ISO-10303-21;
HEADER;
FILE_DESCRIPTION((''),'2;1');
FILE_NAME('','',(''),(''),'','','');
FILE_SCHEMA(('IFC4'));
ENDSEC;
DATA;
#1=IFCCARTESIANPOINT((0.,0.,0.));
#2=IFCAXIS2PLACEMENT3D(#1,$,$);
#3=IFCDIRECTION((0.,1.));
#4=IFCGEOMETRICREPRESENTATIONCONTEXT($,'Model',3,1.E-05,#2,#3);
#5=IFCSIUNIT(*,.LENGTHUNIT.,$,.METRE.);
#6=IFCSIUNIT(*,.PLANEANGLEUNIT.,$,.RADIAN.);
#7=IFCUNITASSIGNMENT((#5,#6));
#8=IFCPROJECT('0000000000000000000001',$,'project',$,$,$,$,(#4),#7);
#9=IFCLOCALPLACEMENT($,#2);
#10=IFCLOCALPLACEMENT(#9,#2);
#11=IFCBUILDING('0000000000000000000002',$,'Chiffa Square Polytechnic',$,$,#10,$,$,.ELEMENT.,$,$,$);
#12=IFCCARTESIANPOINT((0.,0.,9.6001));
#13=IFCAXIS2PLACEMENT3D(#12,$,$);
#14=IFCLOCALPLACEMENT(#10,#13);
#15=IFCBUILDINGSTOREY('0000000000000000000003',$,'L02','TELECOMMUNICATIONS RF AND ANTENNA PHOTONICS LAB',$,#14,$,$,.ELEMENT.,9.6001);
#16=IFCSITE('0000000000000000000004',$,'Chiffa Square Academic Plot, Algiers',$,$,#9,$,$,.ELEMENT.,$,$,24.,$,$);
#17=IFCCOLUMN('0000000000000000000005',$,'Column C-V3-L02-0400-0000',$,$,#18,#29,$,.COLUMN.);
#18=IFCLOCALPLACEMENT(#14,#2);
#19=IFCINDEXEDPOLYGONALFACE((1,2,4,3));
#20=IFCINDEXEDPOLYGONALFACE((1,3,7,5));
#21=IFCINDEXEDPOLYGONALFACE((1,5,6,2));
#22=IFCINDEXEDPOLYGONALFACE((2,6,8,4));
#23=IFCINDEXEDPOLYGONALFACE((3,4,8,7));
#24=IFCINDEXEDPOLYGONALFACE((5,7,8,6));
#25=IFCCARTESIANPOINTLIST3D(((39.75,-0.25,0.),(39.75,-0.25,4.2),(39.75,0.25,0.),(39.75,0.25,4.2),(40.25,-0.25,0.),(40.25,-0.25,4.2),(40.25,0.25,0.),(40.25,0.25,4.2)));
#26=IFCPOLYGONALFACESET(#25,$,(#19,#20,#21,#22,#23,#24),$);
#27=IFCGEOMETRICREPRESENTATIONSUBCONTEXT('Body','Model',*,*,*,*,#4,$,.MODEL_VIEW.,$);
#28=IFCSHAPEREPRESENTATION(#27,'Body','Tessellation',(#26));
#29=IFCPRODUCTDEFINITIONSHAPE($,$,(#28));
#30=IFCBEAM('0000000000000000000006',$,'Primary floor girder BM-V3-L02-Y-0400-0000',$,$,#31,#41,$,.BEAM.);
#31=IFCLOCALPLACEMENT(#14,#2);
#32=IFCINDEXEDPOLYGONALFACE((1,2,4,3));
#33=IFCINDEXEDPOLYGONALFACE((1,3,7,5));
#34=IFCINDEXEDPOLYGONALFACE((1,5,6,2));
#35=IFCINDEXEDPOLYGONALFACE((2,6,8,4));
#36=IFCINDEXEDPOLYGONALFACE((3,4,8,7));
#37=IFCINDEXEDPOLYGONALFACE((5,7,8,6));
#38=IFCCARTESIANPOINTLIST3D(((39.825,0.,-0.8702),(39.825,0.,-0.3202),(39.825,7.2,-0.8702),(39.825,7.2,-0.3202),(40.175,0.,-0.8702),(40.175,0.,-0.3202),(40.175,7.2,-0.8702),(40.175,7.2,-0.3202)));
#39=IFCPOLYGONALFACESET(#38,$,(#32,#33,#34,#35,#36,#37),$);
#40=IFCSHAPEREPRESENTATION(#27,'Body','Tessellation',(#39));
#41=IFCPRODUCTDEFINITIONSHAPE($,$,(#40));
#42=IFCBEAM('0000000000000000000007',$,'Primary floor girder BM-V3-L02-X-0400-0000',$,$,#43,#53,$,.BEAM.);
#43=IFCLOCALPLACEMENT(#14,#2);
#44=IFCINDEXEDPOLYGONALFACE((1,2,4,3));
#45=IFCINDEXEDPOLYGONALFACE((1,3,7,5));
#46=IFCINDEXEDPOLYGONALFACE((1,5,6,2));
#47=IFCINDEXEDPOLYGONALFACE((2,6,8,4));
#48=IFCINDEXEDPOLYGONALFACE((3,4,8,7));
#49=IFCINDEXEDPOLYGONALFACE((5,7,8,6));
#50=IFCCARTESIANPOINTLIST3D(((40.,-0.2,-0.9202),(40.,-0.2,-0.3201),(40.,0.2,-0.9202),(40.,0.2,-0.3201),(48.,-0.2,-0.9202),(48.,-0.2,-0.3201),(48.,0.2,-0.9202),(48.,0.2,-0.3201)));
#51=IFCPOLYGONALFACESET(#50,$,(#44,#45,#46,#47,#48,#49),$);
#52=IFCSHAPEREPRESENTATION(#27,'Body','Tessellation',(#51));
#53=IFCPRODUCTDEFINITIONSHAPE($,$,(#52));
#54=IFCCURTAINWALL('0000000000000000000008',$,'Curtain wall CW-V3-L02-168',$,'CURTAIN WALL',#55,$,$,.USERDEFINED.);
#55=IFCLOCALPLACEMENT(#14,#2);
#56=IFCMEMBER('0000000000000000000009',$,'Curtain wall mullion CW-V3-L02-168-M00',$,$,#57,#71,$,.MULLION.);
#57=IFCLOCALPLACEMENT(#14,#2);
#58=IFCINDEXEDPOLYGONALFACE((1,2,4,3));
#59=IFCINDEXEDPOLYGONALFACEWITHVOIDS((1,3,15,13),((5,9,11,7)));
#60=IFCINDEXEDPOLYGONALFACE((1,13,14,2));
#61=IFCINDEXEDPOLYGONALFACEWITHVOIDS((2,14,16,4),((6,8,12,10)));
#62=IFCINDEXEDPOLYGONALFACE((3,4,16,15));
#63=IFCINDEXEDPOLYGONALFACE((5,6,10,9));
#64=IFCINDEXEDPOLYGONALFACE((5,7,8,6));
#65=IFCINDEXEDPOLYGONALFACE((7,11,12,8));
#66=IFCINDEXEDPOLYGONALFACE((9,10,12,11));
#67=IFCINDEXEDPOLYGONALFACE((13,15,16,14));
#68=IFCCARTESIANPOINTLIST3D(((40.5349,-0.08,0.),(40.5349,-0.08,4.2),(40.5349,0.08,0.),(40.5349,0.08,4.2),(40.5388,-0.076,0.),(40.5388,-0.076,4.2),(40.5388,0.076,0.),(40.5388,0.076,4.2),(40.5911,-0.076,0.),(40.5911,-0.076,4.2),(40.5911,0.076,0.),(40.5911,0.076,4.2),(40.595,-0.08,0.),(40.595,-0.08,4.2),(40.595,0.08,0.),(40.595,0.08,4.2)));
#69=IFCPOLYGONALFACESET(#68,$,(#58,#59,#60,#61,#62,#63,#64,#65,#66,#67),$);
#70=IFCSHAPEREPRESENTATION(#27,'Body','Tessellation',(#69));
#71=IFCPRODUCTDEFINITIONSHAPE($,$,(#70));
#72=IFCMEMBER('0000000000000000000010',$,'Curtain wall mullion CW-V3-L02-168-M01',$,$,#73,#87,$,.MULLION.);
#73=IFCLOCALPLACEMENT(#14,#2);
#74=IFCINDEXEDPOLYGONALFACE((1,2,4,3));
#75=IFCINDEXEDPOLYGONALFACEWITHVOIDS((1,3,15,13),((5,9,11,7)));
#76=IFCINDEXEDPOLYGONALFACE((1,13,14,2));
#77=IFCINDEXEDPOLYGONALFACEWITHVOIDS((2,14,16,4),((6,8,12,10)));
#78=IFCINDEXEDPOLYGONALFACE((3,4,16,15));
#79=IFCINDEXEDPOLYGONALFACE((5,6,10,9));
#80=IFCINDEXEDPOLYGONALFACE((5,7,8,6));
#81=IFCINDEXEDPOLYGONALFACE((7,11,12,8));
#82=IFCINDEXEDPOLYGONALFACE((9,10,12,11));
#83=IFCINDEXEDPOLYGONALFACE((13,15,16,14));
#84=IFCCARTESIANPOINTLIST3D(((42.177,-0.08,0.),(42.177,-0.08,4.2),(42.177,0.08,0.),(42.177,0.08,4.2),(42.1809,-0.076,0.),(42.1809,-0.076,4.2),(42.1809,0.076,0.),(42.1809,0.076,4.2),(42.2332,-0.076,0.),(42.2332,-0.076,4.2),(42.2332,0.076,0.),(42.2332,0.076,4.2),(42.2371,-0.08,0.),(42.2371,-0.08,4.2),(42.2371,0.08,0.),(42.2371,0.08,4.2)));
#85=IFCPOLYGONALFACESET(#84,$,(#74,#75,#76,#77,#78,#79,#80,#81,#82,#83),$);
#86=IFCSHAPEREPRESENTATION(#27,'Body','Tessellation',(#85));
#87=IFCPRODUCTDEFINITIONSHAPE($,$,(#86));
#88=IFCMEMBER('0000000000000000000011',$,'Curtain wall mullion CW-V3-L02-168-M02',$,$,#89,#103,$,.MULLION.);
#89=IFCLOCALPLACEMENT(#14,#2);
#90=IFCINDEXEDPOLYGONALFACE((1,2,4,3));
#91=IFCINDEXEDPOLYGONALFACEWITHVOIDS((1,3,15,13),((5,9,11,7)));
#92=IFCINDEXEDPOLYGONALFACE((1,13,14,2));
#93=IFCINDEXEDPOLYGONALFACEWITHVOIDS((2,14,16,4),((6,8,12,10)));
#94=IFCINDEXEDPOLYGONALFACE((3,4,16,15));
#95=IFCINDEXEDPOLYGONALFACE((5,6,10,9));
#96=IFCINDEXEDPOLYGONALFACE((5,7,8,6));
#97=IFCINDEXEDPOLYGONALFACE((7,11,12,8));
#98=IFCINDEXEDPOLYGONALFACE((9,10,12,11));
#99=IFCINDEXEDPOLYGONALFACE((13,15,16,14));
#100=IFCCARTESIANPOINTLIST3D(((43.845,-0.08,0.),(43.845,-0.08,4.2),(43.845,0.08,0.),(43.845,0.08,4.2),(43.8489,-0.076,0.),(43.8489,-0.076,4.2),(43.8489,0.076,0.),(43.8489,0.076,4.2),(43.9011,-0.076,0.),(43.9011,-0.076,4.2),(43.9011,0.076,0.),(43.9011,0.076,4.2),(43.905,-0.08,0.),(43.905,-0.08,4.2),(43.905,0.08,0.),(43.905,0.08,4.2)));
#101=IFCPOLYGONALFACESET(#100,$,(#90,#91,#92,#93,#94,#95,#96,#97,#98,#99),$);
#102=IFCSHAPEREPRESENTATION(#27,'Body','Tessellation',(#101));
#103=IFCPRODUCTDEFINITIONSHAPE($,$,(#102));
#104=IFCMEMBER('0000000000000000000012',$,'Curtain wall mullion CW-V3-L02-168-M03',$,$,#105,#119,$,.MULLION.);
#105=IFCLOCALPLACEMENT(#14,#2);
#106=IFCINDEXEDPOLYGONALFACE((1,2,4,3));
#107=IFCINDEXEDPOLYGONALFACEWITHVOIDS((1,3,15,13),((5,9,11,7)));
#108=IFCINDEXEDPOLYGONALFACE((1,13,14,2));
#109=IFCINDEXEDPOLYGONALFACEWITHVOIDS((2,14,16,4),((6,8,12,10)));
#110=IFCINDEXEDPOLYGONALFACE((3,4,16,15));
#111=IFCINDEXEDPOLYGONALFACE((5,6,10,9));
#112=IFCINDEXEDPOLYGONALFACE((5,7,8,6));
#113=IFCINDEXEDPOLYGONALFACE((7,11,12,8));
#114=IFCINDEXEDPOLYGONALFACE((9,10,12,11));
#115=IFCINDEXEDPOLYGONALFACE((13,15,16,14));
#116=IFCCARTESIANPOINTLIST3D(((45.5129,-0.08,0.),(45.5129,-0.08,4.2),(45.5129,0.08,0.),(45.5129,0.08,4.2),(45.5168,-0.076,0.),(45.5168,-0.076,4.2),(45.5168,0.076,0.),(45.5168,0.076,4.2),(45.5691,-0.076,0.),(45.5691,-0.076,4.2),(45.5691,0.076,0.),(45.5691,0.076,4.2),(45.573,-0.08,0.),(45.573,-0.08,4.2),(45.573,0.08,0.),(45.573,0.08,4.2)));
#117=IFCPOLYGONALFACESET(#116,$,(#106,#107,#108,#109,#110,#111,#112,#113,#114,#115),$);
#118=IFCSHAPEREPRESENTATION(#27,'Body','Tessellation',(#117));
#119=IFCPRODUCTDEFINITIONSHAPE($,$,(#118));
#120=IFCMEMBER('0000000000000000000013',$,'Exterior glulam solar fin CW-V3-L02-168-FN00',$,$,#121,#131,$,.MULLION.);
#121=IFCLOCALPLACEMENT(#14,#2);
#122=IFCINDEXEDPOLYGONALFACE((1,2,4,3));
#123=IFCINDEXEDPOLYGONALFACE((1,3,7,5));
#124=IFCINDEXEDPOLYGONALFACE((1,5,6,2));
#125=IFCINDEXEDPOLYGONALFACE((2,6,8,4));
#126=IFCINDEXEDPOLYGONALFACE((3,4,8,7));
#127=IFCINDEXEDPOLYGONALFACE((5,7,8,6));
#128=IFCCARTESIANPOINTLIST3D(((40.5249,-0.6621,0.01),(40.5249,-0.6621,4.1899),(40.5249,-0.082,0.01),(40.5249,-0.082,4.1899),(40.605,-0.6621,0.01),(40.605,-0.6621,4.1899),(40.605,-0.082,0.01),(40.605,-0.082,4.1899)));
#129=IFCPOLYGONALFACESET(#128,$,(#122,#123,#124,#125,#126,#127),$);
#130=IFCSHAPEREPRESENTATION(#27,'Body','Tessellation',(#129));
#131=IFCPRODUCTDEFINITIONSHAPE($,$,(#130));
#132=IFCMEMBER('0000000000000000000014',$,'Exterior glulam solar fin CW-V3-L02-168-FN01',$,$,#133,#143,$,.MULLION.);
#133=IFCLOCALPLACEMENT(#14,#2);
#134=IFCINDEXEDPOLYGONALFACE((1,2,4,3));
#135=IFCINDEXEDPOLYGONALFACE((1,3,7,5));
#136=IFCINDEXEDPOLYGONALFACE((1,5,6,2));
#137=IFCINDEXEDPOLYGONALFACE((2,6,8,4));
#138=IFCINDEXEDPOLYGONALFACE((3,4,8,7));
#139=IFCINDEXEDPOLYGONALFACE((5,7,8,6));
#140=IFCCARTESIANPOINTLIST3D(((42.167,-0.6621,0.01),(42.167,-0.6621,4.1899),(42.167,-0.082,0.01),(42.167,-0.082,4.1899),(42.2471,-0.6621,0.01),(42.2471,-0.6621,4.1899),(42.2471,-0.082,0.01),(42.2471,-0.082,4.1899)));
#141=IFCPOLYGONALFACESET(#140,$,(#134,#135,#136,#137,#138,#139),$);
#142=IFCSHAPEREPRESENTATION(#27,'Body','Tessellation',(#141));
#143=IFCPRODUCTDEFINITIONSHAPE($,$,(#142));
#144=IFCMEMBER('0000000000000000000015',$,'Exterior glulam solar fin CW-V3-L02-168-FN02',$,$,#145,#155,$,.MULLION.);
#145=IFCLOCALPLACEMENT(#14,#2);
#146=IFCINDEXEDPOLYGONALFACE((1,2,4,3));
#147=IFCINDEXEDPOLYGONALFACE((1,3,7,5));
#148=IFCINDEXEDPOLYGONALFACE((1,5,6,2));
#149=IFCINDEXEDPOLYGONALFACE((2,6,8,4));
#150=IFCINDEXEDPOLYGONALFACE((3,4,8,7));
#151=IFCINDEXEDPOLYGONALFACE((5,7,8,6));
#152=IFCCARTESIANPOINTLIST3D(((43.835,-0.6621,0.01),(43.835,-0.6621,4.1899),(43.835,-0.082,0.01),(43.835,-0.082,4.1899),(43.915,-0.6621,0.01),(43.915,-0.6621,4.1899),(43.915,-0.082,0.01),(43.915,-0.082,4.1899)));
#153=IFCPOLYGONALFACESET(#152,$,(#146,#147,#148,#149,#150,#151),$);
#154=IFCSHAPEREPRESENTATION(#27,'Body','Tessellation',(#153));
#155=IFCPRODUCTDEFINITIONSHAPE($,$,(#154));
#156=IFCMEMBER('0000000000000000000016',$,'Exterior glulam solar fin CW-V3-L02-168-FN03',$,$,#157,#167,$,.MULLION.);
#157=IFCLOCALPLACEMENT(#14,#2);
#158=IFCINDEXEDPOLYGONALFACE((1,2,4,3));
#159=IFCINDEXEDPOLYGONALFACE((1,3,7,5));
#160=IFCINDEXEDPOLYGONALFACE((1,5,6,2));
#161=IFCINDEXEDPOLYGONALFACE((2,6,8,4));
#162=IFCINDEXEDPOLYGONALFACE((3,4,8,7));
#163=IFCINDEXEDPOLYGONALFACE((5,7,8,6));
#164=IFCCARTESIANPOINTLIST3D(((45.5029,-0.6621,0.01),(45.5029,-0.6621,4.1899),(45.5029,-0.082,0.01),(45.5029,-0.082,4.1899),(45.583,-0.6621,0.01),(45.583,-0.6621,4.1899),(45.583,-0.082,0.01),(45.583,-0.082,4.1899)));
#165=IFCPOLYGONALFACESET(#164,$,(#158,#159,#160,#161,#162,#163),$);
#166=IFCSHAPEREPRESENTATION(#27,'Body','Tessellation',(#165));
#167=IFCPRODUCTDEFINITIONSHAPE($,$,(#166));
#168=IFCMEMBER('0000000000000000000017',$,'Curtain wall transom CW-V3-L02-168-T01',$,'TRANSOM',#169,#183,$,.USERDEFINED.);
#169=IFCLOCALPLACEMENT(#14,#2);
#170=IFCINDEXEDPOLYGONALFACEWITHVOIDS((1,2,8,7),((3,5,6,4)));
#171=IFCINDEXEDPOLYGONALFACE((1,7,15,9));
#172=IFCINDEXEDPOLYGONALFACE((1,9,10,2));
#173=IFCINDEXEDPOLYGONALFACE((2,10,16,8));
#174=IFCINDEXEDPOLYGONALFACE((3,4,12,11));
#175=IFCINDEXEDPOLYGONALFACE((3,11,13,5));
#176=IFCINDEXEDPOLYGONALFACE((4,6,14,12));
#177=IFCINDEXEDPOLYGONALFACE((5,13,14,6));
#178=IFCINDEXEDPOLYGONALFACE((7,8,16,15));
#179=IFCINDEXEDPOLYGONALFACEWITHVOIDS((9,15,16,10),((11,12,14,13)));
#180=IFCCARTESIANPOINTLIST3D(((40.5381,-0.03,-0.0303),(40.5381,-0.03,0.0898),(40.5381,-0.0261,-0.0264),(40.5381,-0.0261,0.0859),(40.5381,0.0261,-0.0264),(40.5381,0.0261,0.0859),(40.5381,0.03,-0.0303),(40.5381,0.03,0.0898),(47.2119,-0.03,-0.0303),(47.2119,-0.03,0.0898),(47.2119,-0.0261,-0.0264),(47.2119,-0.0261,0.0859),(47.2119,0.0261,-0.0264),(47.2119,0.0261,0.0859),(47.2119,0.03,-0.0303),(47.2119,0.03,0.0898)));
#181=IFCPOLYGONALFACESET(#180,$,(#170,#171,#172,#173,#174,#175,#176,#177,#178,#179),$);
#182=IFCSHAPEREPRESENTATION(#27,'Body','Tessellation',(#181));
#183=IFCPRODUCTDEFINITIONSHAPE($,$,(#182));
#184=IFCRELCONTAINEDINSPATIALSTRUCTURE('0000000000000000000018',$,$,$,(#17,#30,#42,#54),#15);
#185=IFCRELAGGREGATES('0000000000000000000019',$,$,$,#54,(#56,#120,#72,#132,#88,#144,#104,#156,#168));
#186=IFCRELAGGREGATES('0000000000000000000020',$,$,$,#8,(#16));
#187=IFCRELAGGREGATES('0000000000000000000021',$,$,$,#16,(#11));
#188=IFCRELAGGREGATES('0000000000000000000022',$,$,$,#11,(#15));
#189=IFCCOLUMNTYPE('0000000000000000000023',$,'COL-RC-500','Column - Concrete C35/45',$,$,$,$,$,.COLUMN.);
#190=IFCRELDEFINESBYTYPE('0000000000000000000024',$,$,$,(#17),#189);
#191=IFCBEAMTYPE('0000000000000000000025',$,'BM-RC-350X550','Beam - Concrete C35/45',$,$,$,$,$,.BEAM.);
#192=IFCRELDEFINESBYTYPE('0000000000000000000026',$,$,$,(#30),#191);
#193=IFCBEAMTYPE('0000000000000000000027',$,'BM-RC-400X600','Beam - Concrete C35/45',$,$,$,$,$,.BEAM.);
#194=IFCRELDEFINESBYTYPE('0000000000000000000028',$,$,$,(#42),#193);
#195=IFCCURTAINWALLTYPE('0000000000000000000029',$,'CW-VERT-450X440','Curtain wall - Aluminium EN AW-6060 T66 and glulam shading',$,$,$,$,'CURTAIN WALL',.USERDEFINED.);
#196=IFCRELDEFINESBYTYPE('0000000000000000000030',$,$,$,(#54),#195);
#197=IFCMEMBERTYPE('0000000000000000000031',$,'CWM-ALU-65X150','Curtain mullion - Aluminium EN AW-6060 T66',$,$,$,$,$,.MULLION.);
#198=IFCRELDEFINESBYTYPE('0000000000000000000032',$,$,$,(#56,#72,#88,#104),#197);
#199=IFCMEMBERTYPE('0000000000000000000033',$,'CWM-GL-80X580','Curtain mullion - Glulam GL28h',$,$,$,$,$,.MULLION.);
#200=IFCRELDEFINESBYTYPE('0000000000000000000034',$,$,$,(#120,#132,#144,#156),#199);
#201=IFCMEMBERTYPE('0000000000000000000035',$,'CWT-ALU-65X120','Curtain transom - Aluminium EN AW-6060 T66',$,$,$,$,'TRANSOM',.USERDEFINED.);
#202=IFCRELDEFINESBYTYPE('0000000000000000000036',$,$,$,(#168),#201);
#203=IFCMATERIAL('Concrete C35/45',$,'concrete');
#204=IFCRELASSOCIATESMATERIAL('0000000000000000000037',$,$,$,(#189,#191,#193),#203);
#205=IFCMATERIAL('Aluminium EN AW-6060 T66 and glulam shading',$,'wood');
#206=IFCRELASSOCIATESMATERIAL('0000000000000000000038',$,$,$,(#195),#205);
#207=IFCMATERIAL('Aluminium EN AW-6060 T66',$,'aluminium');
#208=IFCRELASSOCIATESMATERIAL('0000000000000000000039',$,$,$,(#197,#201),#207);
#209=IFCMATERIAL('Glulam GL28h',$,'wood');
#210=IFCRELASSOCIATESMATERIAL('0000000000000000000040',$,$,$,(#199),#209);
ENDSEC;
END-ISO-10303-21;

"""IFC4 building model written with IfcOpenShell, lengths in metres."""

from ifc_helpers import new_model, si_unit, direction, frame, origin, origin_2d, place, context, subcontext, project, spatial, rectangle, hollow_rectangle, extrude, material, material_profile, profile_set, type_object, element, aggregate, save


model = new_model("IFC4")

# Units and contexts
model_context = context("Model", 3, precision=1e-05, world=origin(), true_north=direction((0.0, 1.0)))
body_context = subcontext(model_context, "Body", "Model", "MODEL_VIEW")
ifc_project = project(units=[si_unit("LENGTHUNIT", "METRE"), si_unit("PLANEANGLEUNIT", "RADIAN")], contexts=[model_context])

# Site, building, storey
site_placement = place(None, origin())
site = spatial("IfcSite", under=ifc_project, at=site_placement, Name="Chiffa Square Academic Plot, Algiers", CompositionType="ELEMENT", RefElevation=24.0)
building_placement = place(site_placement, origin())
building = spatial("IfcBuilding", under=site, at=building_placement, Name="Chiffa Square Polytechnic", CompositionType="ELEMENT")
storey_placement = place(building_placement, frame((0.0, 0.0, 9.6001)))
storey = spatial("IfcBuildingStorey", under=building, at=storey_placement, Name="L02", Description="TELECOMMUNICATIONS RF AND ANTENNA PHOTONICS LAB", CompositionType="ELEMENT", Elevation=9.6001)

# Column
ifc_material_1 = material(Name="Concrete C35/45", Category="concrete")
ifc_material_profile_1 = material_profile(ifc_material_1, rectangle(XDim=0.5, YDim=0.5, at=origin_2d()), Name="RC 500x500")
ifc_profile_set_1 = profile_set([ifc_material_profile_1], Name="Concrete C35/45")
column_type = type_object("IfcColumnType", Name="COL-RC-500", Description="Column - Concrete C35/45", PredefinedType="COLUMN", material=ifc_profile_set_1)
column_placement = place(storey_placement, frame((40.0, 0.0, 0.0), z_axis=(0.0, 0.0, 1.0), x_axis=(1.0, 0.0, 0.0)))
element("IfcColumn", 1, at=column_placement, inside=storey, type_object=column_type, Name="Column C-V3-L02-0400-0000", PredefinedType="COLUMN", context=body_context, shape_type="SweptSolid", body=[
    extrude(rectangle(XDim=0.5, YDim=0.5, at=origin_2d()), origin(), (0.0, 0.0, 1.0), 4.2),
])

# Beams
ifc_material_profile_2 = material_profile(ifc_material_1, rectangle(XDim=0.3501, YDim=0.55, at=origin_2d()), Name="RC 350x550")
ifc_profile_set_2 = profile_set([ifc_material_profile_2], Name="Concrete C35/45")
beam_type_1 = type_object("IfcBeamType", Name="BM-RC-350X550", Description="Beam - Concrete C35/45", PredefinedType="BEAM", material=ifc_profile_set_2)
beam_1_placement = place(storey_placement, frame((40.0, 0.0, -0.5952), z_axis=(0.0, 1.0, 0.0), x_axis=(-1.0, 0.0, 0.0)))
element("IfcBeam", 2, at=beam_1_placement, inside=storey, type_object=beam_type_1, Name="Primary floor girder BM-V3-L02-Y-0400-0000", PredefinedType="BEAM", context=body_context, shape_type="SweptSolid", body=[
    extrude(rectangle(XDim=0.3501, YDim=0.55, at=origin_2d()), origin(), (0.0, 0.0, 1.0), 7.2),
])
ifc_material_profile_3 = material_profile(ifc_material_1, rectangle(XDim=0.3999, YDim=0.6001, at=origin_2d()), Name="RC 400x600")
ifc_profile_set_3 = profile_set([ifc_material_profile_3], Name="Concrete C35/45")
beam_type_2 = type_object("IfcBeamType", Name="BM-RC-400X600", Description="Beam - Concrete C35/45", PredefinedType="BEAM", material=ifc_profile_set_3)
beam_2_placement = place(storey_placement, frame((40.0, 0.0, -0.6201), z_axis=(1.0, 0.0, 0.0), x_axis=(0.0, 1.0, 0.0)))
element("IfcBeam", 3, at=beam_2_placement, inside=storey, type_object=beam_type_2, Name="Primary floor girder BM-V3-L02-X-0400-0000", PredefinedType="BEAM", context=body_context, shape_type="SweptSolid", body=[
    extrude(rectangle(XDim=0.3999, YDim=0.6001, at=origin_2d()), origin(), (0.0, 0.0, 1.0), 8.0),
])

# Curtain wall, members
ifc_material_2 = material(Name="Aluminium EN AW-6060 T66 and glulam shading", Category="wood")
curtain_wall_type = type_object("IfcCurtainWallType", Name="CW-VERT-450X440", Description="Curtain wall - Aluminium EN AW-6060 T66 and glulam shading", ElementType="CURTAIN WALL", PredefinedType="USERDEFINED", material=ifc_material_2)
curtain_wall_placement = place(storey_placement, origin())
curtain_wall = element("IfcCurtainWall", 4, at=curtain_wall_placement, inside=storey, type_object=curtain_wall_type, Name="Curtain wall CW-V3-L02-168", ObjectType="CURTAIN WALL", PredefinedType="USERDEFINED")
ifc_material_3 = material(Name="Aluminium EN AW-6060 T66", Category="aluminium")
ifc_material_profile_4 = material_profile(ifc_material_3, hollow_rectangle(XDim=0.0601, YDim=0.1599, WallThickness=0.0039, at=origin_2d()), Name="ALU 60x160x4")
ifc_profile_set_4 = profile_set([ifc_material_profile_4], Name="Aluminium EN AW-6060 T66")
member_type_1 = type_object("IfcMemberType", Name="CWM-ALU-65X150", Description="Curtain mullion - Aluminium EN AW-6060 T66", PredefinedType="MULLION", material=ifc_profile_set_4)
member_1_placement = place(storey_placement, frame((40.5649, 0.0, 0.0), z_axis=(0.0, 0.0, 1.0), x_axis=(1.0, 0.0, 0.0)))
member_1 = element("IfcMember", 5, at=member_1_placement, type_object=member_type_1, Name="Curtain wall mullion CW-V3-L02-168-M00", PredefinedType="MULLION", context=body_context, shape_type="SweptSolid", body=[
    extrude(hollow_rectangle(XDim=0.0601, YDim=0.1599, WallThickness=0.0039, at=origin_2d()), origin(), (0.0, 0.0, 1.0), 4.2),
])
member_2_placement = place(storey_placement, frame((42.207, 0.0, 0.0), z_axis=(0.0, 0.0, 1.0), x_axis=(1.0, 0.0, 0.0)))
member_2 = element("IfcMember", 6, at=member_2_placement, type_object=member_type_1, Name="Curtain wall mullion CW-V3-L02-168-M01", PredefinedType="MULLION", context=body_context, shape_type="SweptSolid", body=[
    extrude(hollow_rectangle(XDim=0.0601, YDim=0.1599, WallThickness=0.0039, at=origin_2d()), origin(), (0.0, 0.0, 1.0), 4.2),
])
member_3_placement = place(storey_placement, frame((43.875, 0.0, 0.0), z_axis=(0.0, 0.0, 1.0), x_axis=(1.0, 0.0, 0.0)))
member_3 = element("IfcMember", 7, at=member_3_placement, type_object=member_type_1, Name="Curtain wall mullion CW-V3-L02-168-M02", PredefinedType="MULLION", context=body_context, shape_type="SweptSolid", body=[
    extrude(hollow_rectangle(XDim=0.0601, YDim=0.1599, WallThickness=0.0039, at=origin_2d()), origin(), (0.0, 0.0, 1.0), 4.2),
])
member_4_placement = place(storey_placement, frame((45.543, 0.0, 0.0), z_axis=(0.0, 0.0, 1.0), x_axis=(1.0, 0.0, 0.0)))
member_4 = element("IfcMember", 8, at=member_4_placement, type_object=member_type_1, Name="Curtain wall mullion CW-V3-L02-168-M03", PredefinedType="MULLION", context=body_context, shape_type="SweptSolid", body=[
    extrude(hollow_rectangle(XDim=0.0601, YDim=0.1599, WallThickness=0.0039, at=origin_2d()), origin(), (0.0, 0.0, 1.0), 4.2),
])
ifc_material_4 = material(Name="Glulam GL28h", Category="wood")
ifc_material_profile_5 = material_profile(ifc_material_4, rectangle(XDim=0.0801, YDim=0.5801, at=origin_2d()), Name="GL28h 80x580")
ifc_profile_set_5 = profile_set([ifc_material_profile_5], Name="Glulam GL28h")
member_type_2 = type_object("IfcMemberType", Name="CWM-GL-80X580", Description="Curtain mullion - Glulam GL28h", PredefinedType="MULLION", material=ifc_profile_set_5)
member_5_placement = place(storey_placement, frame((40.5649, -0.3721, 0.01), z_axis=(0.0, 0.0, 1.0), x_axis=(1.0, 0.0, 0.0)))
member_5 = element("IfcMember", 9, at=member_5_placement, type_object=member_type_2, Name="Exterior glulam solar fin CW-V3-L02-168-FN00", PredefinedType="MULLION", context=body_context, shape_type="SweptSolid", body=[
    extrude(rectangle(XDim=0.0801, YDim=0.5801, at=origin_2d()), origin(), (0.0, 0.0, 1.0), 4.1799),
])
member_6_placement = place(storey_placement, frame((42.207, -0.3721, 0.01), z_axis=(0.0, 0.0, 1.0), x_axis=(1.0, 0.0, 0.0)))
member_6 = element("IfcMember", 10, at=member_6_placement, type_object=member_type_2, Name="Exterior glulam solar fin CW-V3-L02-168-FN01", PredefinedType="MULLION", context=body_context, shape_type="SweptSolid", body=[
    extrude(rectangle(XDim=0.0801, YDim=0.5801, at=origin_2d()), origin(), (0.0, 0.0, 1.0), 4.1799),
])
member_7_placement = place(storey_placement, frame((43.875, -0.3721, 0.01), z_axis=(0.0, 0.0, 1.0), x_axis=(1.0, 0.0, 0.0)))
member_7 = element("IfcMember", 11, at=member_7_placement, type_object=member_type_2, Name="Exterior glulam solar fin CW-V3-L02-168-FN02", PredefinedType="MULLION", context=body_context, shape_type="SweptSolid", body=[
    extrude(rectangle(XDim=0.0801, YDim=0.5801, at=origin_2d()), origin(), (0.0, 0.0, 1.0), 4.1799),
])
member_8_placement = place(storey_placement, frame((45.543, -0.3721, 0.01), z_axis=(0.0, 0.0, 1.0), x_axis=(1.0, 0.0, 0.0)))
member_8 = element("IfcMember", 12, at=member_8_placement, type_object=member_type_2, Name="Exterior glulam solar fin CW-V3-L02-168-FN03", PredefinedType="MULLION", context=body_context, shape_type="SweptSolid", body=[
    extrude(rectangle(XDim=0.0801, YDim=0.5801, at=origin_2d()), origin(), (0.0, 0.0, 1.0), 4.1799),
])
ifc_material_profile_6 = material_profile(ifc_material_3, hollow_rectangle(XDim=0.0601, YDim=0.1201, WallThickness=0.0039, at=origin_2d()), Name="ALU 60x120x4")
ifc_profile_set_6 = profile_set([ifc_material_profile_6], Name="Aluminium EN AW-6060 T66")
member_type_3 = type_object("IfcMemberType", Name="CWT-ALU-65X120", Description="Curtain transom - Aluminium EN AW-6060 T66", ElementType="TRANSOM", PredefinedType="USERDEFINED", material=ifc_profile_set_6)
member_9_placement = place(storey_placement, frame((40.5381, 0.0, 0.0298), z_axis=(1.0, 0.0, 0.0), x_axis=(0.0, 1.0, 0.0)))
member_9 = element("IfcMember", 13, at=member_9_placement, type_object=member_type_3, Name="Curtain wall transom CW-V3-L02-168-T01", ObjectType="TRANSOM", PredefinedType="USERDEFINED", context=body_context, shape_type="SweptSolid", body=[
    extrude(hollow_rectangle(XDim=0.0601, YDim=0.1201, WallThickness=0.0039, at=origin_2d()), origin(), (0.0, 0.0, 1.0), 6.6738),
])

aggregate(curtain_wall, [member_1, member_5, member_2, member_6, member_3, member_7, member_4, member_8, member_9])

save(model, "model.ifc")
